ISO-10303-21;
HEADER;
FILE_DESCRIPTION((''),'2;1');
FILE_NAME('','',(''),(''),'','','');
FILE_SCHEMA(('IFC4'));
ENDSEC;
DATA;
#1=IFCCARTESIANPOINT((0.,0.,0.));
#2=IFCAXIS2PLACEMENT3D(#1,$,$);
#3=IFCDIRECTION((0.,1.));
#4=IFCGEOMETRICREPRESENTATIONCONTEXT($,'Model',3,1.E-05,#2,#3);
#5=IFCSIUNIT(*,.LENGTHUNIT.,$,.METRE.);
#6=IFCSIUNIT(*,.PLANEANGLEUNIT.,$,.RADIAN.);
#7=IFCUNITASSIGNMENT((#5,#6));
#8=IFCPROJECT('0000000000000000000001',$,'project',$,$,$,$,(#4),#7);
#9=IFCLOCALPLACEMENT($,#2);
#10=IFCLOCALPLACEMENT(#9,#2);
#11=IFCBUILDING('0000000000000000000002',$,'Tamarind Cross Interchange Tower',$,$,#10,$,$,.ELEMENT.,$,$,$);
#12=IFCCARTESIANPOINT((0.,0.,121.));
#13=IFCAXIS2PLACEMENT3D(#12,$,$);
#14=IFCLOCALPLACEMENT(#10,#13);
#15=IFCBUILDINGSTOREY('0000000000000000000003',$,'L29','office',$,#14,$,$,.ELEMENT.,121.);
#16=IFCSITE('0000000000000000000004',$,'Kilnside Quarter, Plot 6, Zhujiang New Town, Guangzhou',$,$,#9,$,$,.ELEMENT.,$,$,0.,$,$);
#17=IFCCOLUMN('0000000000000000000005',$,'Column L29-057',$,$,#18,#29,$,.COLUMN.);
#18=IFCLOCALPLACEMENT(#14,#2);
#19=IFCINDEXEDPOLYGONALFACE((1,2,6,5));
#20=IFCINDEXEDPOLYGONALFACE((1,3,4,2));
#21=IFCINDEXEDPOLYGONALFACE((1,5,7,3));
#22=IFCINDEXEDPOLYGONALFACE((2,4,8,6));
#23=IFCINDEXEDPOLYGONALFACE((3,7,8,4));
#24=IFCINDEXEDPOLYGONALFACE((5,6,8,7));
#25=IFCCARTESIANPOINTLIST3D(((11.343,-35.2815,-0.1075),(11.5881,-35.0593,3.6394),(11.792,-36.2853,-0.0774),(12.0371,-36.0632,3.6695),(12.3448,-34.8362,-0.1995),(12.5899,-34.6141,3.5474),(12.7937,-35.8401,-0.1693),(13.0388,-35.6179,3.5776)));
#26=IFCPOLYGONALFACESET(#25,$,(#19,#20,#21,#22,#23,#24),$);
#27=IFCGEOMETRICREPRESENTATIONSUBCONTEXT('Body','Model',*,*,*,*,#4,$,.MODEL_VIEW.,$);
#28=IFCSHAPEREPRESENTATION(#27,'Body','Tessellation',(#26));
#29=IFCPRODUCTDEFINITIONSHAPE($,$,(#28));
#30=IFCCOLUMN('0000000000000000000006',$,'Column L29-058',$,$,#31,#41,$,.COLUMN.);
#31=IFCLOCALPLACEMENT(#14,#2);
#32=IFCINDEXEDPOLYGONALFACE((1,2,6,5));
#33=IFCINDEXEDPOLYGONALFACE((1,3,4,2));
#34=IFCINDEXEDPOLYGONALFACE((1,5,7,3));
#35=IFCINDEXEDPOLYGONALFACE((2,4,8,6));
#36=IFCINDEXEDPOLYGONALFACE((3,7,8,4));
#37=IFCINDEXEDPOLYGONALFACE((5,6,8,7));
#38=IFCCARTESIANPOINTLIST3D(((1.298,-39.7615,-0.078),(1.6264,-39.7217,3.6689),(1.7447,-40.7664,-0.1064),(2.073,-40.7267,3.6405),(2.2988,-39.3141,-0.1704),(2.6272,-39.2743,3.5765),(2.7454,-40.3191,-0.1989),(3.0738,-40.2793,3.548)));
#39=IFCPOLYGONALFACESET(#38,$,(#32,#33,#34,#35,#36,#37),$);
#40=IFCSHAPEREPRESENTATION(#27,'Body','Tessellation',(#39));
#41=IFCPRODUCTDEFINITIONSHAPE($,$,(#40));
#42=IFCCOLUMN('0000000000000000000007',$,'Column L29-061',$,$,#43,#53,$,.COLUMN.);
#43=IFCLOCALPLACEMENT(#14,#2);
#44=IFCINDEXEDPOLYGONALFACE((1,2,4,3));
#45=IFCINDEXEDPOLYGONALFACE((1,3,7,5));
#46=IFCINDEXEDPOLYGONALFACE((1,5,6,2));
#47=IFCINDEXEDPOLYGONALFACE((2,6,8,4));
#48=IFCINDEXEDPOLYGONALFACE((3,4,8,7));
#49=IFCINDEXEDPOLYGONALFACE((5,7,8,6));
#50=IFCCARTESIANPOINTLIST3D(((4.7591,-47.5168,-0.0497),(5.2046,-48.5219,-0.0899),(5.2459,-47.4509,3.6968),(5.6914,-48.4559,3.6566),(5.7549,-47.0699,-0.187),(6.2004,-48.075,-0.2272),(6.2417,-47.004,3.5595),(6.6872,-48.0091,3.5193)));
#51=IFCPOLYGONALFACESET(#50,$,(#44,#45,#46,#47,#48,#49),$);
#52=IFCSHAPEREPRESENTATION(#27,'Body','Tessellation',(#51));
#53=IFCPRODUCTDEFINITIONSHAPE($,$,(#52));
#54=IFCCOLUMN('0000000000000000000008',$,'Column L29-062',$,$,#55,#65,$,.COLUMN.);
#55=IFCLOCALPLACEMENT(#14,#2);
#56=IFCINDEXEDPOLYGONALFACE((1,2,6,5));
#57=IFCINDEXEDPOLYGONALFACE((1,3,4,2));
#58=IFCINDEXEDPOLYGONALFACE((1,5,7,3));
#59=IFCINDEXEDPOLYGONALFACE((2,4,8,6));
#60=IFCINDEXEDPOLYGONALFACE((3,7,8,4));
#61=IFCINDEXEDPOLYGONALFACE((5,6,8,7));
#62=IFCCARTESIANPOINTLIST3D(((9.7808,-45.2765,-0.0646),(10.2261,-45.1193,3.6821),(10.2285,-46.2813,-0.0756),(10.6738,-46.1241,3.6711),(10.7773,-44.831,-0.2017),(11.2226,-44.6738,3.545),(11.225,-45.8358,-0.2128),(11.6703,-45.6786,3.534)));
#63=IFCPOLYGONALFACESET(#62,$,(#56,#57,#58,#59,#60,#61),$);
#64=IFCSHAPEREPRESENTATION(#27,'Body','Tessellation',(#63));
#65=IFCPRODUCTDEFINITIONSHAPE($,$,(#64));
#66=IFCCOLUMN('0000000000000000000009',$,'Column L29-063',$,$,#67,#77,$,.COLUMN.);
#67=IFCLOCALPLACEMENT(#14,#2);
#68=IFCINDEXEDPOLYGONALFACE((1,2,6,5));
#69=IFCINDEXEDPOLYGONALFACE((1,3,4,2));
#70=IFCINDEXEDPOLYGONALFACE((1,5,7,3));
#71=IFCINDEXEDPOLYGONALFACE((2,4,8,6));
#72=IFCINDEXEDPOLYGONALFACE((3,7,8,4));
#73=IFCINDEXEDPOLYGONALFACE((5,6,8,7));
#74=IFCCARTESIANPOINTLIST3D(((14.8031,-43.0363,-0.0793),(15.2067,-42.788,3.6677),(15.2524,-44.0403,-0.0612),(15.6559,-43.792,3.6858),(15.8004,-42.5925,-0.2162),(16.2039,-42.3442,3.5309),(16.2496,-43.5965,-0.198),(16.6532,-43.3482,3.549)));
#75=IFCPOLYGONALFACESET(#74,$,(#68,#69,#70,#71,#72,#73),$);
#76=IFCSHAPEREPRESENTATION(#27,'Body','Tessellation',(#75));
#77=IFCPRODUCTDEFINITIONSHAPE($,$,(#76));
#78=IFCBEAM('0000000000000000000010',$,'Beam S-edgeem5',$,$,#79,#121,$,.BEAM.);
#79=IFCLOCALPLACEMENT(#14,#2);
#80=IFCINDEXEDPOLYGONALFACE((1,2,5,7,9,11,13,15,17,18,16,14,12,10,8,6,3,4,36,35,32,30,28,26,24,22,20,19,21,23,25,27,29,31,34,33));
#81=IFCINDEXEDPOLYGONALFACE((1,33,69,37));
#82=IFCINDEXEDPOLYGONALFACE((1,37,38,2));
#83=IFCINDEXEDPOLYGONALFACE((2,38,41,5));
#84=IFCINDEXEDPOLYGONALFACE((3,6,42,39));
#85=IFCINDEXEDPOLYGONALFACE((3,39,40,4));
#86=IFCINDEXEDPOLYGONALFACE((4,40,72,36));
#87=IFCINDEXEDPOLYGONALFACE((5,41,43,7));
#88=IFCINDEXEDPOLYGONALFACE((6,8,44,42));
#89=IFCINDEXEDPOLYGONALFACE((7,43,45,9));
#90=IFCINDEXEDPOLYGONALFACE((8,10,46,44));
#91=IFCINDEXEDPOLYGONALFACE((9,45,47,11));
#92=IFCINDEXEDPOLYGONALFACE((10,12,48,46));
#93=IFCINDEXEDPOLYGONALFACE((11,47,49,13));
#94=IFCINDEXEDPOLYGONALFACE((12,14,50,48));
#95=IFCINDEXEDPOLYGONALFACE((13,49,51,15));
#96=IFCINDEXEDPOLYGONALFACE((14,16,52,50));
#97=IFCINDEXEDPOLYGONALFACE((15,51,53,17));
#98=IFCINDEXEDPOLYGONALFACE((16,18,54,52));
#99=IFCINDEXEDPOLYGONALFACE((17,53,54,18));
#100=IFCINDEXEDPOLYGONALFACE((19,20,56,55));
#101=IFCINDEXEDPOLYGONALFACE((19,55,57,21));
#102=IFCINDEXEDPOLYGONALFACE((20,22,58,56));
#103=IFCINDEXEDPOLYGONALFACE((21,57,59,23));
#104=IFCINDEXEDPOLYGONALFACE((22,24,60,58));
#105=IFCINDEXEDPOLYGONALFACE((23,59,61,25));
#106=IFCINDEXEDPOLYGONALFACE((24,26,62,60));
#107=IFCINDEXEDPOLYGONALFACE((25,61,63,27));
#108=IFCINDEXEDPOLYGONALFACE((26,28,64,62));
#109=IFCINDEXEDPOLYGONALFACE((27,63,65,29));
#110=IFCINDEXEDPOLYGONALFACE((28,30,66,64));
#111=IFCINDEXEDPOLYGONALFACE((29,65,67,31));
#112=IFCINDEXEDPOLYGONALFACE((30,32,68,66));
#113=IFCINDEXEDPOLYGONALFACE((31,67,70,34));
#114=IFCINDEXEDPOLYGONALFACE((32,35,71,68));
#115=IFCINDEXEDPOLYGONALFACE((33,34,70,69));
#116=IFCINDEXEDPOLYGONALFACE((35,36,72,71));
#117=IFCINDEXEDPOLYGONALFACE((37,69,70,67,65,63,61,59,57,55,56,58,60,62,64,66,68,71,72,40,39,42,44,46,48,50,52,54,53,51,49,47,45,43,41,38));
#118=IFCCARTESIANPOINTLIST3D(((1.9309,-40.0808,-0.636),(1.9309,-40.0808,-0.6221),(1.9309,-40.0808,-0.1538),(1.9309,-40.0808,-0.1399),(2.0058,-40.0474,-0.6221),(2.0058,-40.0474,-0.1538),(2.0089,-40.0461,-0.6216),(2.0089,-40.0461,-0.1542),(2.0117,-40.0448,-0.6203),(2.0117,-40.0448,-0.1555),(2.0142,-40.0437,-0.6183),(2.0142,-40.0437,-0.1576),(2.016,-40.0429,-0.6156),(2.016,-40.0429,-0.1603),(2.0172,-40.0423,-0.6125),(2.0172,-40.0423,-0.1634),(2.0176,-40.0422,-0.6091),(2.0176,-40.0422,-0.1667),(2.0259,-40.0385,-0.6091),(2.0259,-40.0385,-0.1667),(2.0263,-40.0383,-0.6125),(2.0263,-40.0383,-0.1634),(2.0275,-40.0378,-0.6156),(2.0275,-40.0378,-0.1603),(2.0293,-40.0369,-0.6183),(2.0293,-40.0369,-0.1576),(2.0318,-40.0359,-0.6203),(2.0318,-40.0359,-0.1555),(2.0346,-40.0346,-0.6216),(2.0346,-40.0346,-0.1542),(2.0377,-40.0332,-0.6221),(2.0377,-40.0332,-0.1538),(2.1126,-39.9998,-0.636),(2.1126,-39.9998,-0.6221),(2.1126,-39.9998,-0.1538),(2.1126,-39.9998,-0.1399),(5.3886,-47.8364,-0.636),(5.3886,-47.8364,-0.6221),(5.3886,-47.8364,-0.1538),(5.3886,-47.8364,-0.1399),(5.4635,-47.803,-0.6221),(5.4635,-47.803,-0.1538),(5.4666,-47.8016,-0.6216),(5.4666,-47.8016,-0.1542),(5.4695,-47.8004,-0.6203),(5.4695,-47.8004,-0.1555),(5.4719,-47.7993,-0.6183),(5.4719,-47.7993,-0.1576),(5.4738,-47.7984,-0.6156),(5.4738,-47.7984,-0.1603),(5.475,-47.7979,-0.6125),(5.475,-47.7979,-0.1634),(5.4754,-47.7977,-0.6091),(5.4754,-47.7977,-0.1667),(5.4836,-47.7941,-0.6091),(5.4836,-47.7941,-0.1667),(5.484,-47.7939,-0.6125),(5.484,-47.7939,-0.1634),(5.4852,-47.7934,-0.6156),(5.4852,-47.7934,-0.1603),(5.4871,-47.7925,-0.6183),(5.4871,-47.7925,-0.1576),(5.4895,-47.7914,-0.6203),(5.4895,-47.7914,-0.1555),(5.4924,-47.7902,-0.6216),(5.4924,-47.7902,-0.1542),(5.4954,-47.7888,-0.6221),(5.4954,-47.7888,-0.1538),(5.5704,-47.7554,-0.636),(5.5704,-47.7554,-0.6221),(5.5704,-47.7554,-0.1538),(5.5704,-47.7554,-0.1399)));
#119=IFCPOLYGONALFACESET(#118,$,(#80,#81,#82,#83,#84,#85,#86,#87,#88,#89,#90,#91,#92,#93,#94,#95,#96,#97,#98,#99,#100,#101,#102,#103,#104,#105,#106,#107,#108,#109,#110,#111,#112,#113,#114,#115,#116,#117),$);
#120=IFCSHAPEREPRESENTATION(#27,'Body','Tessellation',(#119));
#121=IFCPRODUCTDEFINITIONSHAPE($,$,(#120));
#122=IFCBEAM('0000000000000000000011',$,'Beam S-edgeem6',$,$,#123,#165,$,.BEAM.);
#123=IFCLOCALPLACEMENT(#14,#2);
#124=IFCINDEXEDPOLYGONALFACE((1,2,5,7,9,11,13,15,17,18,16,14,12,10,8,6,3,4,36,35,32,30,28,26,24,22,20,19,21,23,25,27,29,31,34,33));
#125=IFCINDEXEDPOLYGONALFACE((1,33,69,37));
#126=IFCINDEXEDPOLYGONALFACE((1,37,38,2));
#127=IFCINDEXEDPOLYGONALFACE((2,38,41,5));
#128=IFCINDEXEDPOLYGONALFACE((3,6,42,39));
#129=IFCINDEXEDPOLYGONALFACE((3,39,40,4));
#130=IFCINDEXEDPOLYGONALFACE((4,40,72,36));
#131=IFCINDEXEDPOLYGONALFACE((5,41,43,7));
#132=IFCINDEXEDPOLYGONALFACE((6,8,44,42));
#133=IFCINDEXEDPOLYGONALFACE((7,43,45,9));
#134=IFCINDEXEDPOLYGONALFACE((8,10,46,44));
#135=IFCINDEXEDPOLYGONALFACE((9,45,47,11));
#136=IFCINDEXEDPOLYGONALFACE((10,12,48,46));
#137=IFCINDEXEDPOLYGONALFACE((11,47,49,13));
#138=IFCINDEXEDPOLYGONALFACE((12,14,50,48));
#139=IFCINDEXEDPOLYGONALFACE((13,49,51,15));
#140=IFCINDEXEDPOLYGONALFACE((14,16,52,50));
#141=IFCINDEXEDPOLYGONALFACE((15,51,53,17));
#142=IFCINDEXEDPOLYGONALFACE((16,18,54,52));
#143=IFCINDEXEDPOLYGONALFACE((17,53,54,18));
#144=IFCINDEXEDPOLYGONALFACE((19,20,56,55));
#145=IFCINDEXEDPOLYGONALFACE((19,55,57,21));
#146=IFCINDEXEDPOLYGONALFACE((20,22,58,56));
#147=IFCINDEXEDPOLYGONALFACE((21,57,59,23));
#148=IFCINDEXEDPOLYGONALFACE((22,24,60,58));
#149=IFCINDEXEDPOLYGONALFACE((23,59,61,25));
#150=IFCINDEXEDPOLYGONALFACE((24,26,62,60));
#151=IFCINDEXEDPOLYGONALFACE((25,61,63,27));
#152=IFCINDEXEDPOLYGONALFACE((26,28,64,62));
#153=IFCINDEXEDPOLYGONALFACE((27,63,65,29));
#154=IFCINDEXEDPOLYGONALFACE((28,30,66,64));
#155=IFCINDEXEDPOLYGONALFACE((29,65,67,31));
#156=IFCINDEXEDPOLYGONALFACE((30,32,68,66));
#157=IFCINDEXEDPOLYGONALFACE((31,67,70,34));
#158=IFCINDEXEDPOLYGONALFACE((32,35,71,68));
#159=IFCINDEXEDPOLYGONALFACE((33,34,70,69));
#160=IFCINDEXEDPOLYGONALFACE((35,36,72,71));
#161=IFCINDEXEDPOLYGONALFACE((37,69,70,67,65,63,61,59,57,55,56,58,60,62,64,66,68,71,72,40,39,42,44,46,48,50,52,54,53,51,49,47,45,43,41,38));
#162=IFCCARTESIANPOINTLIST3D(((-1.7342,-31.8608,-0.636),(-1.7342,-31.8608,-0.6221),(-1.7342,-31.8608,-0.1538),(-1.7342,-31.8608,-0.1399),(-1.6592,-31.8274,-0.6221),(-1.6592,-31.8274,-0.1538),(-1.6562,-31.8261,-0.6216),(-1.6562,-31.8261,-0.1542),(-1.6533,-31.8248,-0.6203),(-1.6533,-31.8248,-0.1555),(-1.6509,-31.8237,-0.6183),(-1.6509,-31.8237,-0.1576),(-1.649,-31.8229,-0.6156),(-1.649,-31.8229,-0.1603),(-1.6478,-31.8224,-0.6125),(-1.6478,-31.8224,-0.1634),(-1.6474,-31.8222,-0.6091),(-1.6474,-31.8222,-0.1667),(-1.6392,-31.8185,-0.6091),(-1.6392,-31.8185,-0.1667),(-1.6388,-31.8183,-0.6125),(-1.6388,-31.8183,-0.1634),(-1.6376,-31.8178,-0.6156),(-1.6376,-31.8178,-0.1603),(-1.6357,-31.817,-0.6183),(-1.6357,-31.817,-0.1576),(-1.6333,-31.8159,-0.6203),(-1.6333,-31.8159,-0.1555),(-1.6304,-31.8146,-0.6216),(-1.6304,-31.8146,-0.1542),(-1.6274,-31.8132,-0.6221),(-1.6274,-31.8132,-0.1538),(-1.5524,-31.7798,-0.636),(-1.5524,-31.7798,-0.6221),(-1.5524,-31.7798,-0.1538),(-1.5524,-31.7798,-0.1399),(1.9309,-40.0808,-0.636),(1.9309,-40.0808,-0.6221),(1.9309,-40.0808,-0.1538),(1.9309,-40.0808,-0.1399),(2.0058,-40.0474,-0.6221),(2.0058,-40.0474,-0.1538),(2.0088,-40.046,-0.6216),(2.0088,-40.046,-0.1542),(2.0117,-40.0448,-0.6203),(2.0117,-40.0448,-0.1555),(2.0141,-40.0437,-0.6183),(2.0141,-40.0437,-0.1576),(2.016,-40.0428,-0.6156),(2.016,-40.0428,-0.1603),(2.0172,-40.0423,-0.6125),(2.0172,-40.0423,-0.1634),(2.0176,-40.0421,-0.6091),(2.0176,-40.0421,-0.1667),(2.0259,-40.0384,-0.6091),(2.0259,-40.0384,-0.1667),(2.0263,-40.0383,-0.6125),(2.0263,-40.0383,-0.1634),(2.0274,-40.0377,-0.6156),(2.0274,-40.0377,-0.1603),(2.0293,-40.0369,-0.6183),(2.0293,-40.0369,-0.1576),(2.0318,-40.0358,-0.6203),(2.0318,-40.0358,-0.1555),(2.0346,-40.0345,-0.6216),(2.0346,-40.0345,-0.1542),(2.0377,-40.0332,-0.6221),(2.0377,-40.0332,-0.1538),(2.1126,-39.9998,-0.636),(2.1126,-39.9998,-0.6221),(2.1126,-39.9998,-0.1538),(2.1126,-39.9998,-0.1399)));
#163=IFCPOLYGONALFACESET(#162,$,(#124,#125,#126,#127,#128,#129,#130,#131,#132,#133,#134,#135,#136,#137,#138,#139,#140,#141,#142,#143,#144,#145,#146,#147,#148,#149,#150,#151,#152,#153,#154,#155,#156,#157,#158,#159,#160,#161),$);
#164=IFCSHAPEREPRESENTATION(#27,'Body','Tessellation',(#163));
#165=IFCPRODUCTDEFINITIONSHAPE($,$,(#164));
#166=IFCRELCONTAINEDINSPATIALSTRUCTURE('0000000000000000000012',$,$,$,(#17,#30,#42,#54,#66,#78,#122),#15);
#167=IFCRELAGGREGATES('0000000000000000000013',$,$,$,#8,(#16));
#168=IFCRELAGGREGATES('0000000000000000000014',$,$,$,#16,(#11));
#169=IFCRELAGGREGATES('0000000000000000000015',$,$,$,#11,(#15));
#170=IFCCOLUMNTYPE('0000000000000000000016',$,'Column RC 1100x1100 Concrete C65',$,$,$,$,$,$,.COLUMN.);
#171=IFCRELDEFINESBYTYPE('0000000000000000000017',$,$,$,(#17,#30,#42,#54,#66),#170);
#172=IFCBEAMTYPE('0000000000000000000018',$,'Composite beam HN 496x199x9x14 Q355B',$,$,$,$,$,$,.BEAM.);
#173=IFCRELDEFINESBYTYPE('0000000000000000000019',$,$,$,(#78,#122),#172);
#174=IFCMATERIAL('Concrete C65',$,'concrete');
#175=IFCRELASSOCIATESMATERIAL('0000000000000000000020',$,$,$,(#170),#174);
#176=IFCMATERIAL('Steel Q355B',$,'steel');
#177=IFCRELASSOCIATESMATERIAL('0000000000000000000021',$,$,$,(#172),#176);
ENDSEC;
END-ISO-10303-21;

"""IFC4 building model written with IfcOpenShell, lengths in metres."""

from ifc_helpers import new_model, si_unit, direction, frame, origin, origin_2d, place, context, subcontext, project, spatial, rectangle, i_section, extrude, material, material_profile, profile_set, type_object, element, save


model = new_model("IFC4")

# Units and contexts
model_context = context("Model", 3, precision=1e-05, world=origin(), true_north=direction((0.0, 1.0)))
body_context = subcontext(model_context, "Body", "Model", "MODEL_VIEW")
ifc_project = project(units=[si_unit("LENGTHUNIT", "METRE"), si_unit("PLANEANGLEUNIT", "RADIAN")], contexts=[model_context])

# Site, building, storey
site_placement = place(None, origin())
site = spatial("IfcSite", under=ifc_project, at=site_placement, Name="Kilnside Quarter, Plot 6, Zhujiang New Town, Guangzhou", CompositionType="ELEMENT", RefElevation=0.0)
building_placement = place(site_placement, origin())
building = spatial("IfcBuilding", under=site, at=building_placement, Name="Tamarind Cross Interchange Tower", CompositionType="ELEMENT")
storey_placement = place(building_placement, frame((0.0, 0.0, 121.0)))
storey = spatial("IfcBuildingStorey", under=building, at=storey_placement, Name="L29", Description="office", CompositionType="ELEMENT", Elevation=121.0)

# Columns
ifc_material_1 = material(Name="Concrete C65", Category="concrete")
ifc_material_profile_1 = material_profile(ifc_material_1, rectangle(XDim=1.1001, YDim=1.1001, at=origin_2d()), Name="RC 1100x1100")
ifc_profile_set_1 = profile_set([ifc_material_profile_1], Name="Concrete C65")
column_type = type_object("IfcColumnType", Name="Column RC 1100x1100 Concrete C65", PredefinedType="COLUMN", material=ifc_profile_set_1)
for number, where, z_axis, x_axis, name in (
    (1, (12.0684, -35.5608, -0.1384), (0.065166, 0.059065, 0.996125), (-0.910608, -0.404734, 0.083571), "Column L29-057"),
    (2, (2.0217, -40.0403, -0.1384), (0.0873, 0.01058, 0.996126), (-0.405988, 0.913512, 0.025878), "Column L29-058"),
):
    element("IfcColumn", number, at=place(storey_placement, frame(where, z_axis=z_axis, x_axis=x_axis)), inside=storey, type_object=column_type, Name=name, PredefinedType="COLUMN", context=body_context, shape_type="SweptSolid", body=[
        extrude(rectangle(XDim=1.1001, YDim=1.1001, at=origin_2d()), origin(), (0.0, 0.0, 1.0), 3.7615),
    ])
column_1_placement = place(storey_placement, frame((5.4797, -47.7959, -0.1384), z_axis=(0.128833, 0.017445, 0.991513), x_axis=(-0.404936, 0.913615, 0.036541)))
element("IfcColumn", 3, at=column_1_placement, inside=storey, type_object=column_type, Name="Column L29-061", PredefinedType="COLUMN", context=body_context, shape_type="SweptSolid", body=[
    extrude(rectangle(XDim=1.1001, YDim=1.1001, at=origin_2d()), origin(), (0.0, 0.0, 1.0), 3.7786),
])
column_2_placement = place(storey_placement, frame((10.5029, -45.5562, -0.1387), z_axis=(0.117918, 0.041633, 0.99215), x_axis=(-0.406963, 0.913389, 0.01004)))
element("IfcColumn", 4, at=column_2_placement, inside=storey, type_object=column_type, Name="Column L29-062", PredefinedType="COLUMN", context=body_context, shape_type="SweptSolid", body=[
    extrude(rectangle(XDim=1.1001, YDim=1.1001, at=origin_2d()), origin(), (0.0, 0.0, 1.0), 3.7764),
])
column_3_placement = place(storey_placement, frame((15.5264, -43.3164, -0.1387), z_axis=(0.10685, 0.065739, 0.992099), x_axis=(-0.906537, -0.403391, 0.124365)))
element("IfcColumn", 5, at=column_3_placement, inside=storey, type_object=column_type, Name="Column L29-063", PredefinedType="COLUMN", context=body_context, shape_type="SweptSolid", body=[
    extrude(rectangle(XDim=1.1001, YDim=1.1001, at=origin_2d()), origin(), (0.0, 0.0, 1.0), 3.7769),
])

# Beams
ifc_material_2 = material(Name="Steel Q355B", Category="steel")
ifc_material_profile_2 = material_profile(ifc_material_2, i_section(OverallWidth=0.199, OverallDepth=0.4961, WebThickness=0.009, FlangeThickness=0.0139, FilletRadius=0.0129, at=origin_2d()), Name="HN 496x199x9x14")
ifc_profile_set_2 = profile_set([ifc_material_profile_2], Name="Steel Q355B")
beam_type_1 = type_object("IfcBeamType", Name="Composite beam HN 496x199x9x14 Q355B", PredefinedType="BEAM", material=ifc_profile_set_2)
beam_1_placement = place(storey_placement, frame((5.4795, -47.7959, -0.3879), z_axis=(-0.407203, 0.913338, 0.0), x_axis=(-0.913338, -0.407203, 0.0)))
element("IfcBeam", 6, at=beam_1_placement, inside=storey, type_object=beam_type_1, Name="Beam S-edgeem5", PredefinedType="BEAM", context=body_context, shape_type="SweptSolid", body=[
    extrude(i_section(OverallWidth=0.199, OverallDepth=0.4961, WebThickness=0.009, FlangeThickness=0.0139, FilletRadius=0.0129, at=origin_2d()), origin(), (0.0, 0.0, 1.0), 8.4915),
])
beam_2_placement = place(storey_placement, frame((2.0217, -40.0403, -0.3879), z_axis=(-0.407225, 0.913328, 0.0), x_axis=(-0.913328, -0.407225, 0.0)))
element("IfcBeam", 7, at=beam_2_placement, inside=storey, type_object=beam_type_1, Name="Beam S-edgeem6", PredefinedType="BEAM", context=body_context, shape_type="SweptSolid", body=[
    extrude(i_section(OverallWidth=0.199, OverallDepth=0.4961, WebThickness=0.009, FlangeThickness=0.0139, FilletRadius=0.0129, at=origin_2d()), origin(), (0.0, 0.0, 1.0), 9.0),
])

save(model, "model.ifc")
